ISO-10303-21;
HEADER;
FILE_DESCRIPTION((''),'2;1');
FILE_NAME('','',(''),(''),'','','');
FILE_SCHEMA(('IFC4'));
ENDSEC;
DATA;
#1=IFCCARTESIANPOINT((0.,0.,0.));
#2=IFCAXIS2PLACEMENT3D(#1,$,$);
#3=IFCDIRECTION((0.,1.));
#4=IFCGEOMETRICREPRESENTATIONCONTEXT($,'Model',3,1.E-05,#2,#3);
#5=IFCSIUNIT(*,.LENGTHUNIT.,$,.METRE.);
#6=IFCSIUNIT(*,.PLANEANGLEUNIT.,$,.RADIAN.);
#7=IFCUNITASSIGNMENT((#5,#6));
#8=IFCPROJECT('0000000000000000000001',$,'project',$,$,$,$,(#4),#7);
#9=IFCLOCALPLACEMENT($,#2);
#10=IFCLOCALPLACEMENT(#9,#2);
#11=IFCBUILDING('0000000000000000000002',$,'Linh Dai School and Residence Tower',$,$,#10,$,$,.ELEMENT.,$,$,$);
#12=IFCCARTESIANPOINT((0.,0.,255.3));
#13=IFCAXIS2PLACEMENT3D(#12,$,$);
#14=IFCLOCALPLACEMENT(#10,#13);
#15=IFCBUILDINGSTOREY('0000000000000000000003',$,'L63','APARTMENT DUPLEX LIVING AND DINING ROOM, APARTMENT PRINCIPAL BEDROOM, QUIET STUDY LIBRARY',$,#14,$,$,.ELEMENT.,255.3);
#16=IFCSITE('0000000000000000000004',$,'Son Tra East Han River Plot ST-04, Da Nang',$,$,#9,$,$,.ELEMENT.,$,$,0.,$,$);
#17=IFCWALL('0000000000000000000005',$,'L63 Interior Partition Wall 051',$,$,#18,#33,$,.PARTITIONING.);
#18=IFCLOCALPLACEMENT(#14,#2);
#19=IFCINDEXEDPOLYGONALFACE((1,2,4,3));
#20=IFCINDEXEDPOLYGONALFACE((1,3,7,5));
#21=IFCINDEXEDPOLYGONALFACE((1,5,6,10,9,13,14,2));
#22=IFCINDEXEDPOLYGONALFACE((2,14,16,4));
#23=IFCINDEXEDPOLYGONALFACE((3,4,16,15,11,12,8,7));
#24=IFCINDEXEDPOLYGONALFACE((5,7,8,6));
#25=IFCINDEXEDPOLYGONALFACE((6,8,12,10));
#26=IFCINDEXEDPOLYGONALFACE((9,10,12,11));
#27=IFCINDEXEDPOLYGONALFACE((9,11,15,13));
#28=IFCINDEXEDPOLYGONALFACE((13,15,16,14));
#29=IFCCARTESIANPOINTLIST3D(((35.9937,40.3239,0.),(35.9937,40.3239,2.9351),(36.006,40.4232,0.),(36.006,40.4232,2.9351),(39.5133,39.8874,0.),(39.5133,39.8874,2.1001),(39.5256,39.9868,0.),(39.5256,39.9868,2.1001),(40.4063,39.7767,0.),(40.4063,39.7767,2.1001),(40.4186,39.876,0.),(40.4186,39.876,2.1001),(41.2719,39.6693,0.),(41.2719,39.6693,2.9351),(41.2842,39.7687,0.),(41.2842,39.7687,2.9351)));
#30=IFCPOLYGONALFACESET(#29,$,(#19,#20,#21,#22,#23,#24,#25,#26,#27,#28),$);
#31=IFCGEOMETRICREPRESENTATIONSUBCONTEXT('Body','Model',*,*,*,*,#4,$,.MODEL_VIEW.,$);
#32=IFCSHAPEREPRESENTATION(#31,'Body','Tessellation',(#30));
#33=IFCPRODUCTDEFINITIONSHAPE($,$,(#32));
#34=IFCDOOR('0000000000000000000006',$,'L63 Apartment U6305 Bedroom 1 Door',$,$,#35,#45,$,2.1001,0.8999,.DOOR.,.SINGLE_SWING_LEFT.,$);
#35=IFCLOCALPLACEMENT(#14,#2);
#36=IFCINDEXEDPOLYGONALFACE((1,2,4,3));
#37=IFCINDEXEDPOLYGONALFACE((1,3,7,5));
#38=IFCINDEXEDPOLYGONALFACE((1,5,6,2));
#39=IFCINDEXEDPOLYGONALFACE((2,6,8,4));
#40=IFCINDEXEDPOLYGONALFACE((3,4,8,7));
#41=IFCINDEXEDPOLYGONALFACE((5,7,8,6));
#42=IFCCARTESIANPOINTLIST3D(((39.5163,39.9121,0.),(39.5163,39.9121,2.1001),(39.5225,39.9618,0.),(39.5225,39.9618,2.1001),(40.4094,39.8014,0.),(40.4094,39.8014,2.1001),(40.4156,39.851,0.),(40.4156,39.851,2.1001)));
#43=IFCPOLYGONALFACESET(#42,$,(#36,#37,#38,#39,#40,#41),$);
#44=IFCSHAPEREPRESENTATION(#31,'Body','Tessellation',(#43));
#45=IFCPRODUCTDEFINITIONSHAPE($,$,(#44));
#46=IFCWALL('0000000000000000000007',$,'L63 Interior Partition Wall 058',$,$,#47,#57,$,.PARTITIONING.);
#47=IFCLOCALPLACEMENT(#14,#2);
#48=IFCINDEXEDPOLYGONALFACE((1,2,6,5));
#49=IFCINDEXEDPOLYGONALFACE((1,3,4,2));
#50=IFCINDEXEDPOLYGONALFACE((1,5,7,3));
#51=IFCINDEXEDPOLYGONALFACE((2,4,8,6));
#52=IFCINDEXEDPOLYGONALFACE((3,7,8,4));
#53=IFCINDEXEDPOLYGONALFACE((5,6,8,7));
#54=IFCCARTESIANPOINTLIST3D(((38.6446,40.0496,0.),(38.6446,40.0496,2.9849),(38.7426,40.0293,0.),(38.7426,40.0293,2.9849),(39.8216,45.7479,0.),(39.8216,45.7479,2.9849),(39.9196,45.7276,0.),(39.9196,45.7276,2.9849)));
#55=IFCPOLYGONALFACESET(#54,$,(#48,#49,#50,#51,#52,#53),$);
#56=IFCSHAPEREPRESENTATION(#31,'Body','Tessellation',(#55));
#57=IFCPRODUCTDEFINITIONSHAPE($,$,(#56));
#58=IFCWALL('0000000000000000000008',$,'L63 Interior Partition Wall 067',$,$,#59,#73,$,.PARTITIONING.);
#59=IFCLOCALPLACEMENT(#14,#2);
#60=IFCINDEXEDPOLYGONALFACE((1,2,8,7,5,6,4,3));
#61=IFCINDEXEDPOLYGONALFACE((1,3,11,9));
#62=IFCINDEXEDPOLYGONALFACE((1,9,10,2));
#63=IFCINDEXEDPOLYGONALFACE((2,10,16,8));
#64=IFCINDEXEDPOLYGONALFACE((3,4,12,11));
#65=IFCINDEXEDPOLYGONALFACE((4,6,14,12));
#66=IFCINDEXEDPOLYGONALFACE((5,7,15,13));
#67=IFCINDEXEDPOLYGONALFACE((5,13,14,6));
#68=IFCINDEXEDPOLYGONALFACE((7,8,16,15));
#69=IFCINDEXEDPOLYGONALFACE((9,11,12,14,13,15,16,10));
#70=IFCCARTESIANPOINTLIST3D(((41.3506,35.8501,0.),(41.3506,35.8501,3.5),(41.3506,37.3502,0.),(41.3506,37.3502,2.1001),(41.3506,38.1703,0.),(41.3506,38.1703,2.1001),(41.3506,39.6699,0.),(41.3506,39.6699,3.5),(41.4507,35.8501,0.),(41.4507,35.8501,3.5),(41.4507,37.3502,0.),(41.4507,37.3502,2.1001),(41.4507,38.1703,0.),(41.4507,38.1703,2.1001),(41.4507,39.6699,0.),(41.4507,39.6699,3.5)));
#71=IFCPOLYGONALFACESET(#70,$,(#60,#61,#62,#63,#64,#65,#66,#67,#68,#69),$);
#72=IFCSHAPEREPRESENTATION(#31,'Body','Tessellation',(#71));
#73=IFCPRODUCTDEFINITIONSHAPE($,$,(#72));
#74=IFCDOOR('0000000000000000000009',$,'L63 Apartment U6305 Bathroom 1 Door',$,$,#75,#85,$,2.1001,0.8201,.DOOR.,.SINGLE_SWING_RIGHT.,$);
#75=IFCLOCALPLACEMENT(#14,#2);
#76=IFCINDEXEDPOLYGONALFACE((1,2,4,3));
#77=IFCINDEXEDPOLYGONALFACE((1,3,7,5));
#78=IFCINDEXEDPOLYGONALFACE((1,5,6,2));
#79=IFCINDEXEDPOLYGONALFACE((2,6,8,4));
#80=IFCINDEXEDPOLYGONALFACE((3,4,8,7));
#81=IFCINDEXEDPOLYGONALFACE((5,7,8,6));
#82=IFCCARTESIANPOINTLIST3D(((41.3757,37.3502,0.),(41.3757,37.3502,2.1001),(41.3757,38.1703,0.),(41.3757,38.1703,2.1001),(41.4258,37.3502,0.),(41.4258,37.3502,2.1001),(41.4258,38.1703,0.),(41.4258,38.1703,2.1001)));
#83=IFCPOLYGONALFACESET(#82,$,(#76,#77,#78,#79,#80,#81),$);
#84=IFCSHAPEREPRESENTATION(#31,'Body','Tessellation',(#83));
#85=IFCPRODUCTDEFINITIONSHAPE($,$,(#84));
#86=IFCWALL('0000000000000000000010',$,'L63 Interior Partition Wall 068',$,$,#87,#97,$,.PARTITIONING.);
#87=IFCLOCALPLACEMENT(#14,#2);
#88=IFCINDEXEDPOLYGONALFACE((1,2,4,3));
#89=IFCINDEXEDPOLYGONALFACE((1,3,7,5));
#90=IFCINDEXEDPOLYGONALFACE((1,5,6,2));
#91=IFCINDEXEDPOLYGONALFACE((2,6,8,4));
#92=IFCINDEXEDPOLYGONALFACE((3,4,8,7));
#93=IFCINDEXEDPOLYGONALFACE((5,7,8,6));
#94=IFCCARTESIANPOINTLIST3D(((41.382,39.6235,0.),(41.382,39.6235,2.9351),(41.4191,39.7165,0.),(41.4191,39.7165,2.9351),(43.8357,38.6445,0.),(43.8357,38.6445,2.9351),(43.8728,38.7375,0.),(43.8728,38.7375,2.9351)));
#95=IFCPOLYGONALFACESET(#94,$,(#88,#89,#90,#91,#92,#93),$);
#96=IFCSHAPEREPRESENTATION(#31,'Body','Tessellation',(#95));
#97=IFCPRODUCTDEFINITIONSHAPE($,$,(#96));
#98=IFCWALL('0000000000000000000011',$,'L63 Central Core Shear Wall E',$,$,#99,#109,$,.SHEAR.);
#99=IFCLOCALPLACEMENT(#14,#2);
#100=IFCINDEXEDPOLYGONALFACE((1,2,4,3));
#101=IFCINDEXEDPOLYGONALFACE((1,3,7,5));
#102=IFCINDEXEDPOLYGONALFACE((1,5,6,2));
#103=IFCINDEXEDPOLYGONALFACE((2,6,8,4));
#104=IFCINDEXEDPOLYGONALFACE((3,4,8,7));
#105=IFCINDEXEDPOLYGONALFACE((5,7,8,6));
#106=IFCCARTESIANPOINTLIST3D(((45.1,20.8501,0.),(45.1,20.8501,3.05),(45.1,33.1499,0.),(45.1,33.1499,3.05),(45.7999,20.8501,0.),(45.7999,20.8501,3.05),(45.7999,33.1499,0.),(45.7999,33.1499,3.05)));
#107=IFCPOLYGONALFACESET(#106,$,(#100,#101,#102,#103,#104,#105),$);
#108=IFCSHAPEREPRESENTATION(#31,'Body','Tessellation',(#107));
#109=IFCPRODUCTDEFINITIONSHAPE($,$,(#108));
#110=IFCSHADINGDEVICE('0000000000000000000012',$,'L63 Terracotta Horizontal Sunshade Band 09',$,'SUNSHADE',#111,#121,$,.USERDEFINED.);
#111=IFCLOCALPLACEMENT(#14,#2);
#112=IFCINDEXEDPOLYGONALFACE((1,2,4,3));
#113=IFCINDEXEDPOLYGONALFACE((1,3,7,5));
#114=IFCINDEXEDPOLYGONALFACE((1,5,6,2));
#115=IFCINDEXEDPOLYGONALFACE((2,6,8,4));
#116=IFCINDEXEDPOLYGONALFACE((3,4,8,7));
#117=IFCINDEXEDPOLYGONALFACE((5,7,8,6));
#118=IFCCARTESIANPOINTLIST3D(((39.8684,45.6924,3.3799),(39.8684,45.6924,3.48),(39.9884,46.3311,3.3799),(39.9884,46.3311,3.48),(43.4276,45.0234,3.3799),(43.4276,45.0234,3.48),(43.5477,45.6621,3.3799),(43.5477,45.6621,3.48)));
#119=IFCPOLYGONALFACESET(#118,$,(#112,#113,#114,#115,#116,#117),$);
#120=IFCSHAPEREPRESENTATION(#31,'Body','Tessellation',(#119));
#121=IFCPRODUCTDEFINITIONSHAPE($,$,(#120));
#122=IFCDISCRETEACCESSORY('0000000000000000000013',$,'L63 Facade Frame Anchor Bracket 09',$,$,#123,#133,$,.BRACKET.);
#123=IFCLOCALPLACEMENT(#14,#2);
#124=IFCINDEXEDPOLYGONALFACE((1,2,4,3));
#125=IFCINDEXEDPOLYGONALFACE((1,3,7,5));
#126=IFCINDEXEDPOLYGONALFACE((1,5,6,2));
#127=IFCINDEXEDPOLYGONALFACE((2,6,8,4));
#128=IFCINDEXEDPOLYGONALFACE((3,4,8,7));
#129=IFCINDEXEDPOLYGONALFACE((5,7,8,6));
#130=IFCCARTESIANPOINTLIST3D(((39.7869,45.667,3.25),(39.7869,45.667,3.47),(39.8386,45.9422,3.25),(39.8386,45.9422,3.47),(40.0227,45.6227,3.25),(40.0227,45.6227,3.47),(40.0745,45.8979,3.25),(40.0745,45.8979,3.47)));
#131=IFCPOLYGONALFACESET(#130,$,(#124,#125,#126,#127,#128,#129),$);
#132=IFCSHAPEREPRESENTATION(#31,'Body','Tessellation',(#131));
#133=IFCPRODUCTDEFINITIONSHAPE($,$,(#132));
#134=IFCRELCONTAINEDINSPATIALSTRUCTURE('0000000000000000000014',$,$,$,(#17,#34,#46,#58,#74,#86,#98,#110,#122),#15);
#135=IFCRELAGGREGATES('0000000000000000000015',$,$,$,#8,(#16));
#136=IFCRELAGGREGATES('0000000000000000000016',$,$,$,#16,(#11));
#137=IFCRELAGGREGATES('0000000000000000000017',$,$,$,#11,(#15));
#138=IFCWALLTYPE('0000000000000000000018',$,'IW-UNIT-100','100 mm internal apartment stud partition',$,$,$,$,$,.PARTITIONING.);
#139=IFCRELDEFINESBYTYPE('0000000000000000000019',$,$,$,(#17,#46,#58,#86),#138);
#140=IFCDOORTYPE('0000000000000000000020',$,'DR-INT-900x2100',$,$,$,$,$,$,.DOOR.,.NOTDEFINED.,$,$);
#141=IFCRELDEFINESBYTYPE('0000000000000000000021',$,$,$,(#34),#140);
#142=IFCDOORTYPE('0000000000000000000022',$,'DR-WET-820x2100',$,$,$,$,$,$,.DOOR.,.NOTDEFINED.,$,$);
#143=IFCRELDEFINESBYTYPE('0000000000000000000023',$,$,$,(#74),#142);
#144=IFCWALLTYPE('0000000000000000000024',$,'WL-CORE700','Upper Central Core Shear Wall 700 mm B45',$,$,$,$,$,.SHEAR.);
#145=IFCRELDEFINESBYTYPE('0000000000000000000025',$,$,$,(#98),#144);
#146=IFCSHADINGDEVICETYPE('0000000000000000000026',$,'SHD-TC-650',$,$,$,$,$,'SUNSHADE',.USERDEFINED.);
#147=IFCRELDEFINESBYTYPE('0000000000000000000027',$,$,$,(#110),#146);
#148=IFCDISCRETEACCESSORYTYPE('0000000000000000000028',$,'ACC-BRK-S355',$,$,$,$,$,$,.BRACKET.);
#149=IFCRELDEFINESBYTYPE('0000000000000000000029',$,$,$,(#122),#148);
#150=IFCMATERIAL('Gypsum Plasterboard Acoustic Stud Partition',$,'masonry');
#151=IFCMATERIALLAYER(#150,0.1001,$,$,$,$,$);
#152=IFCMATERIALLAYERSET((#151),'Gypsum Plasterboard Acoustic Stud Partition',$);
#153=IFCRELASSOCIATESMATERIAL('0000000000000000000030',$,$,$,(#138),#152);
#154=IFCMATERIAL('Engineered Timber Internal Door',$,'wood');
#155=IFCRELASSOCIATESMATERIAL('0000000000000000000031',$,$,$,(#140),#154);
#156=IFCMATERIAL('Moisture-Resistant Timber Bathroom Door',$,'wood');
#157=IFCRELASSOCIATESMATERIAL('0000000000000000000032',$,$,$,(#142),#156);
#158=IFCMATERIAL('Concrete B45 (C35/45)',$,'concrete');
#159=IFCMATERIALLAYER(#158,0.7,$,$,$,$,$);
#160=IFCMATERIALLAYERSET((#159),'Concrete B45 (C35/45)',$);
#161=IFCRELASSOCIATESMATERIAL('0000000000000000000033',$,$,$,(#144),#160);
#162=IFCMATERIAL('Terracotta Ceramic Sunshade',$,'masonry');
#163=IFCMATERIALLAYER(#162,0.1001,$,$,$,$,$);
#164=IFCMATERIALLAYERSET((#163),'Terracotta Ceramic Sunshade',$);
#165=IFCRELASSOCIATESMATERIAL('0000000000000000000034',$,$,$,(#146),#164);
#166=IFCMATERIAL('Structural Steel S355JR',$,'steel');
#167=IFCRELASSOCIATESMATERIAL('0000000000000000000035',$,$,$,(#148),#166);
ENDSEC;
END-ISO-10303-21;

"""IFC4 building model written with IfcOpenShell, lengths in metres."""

from ifc_helpers import new_model, si_unit, direction, frame, frame_2d, origin, origin_2d, place, context, subcontext, project, spatial, rectangle, extrude, source, transform, mapped, material, layer, layer_set, type_object, element, fill, save


model = new_model("IFC4")

# Units and contexts
model_context = context("Model", 3, precision=1e-05, world=origin(), true_north=direction((0.0, 1.0)))
body_context = subcontext(model_context, "Body", "Model", "MODEL_VIEW")
ifc_project = project(units=[si_unit("LENGTHUNIT", "METRE"), si_unit("PLANEANGLEUNIT", "RADIAN")], contexts=[model_context])

# Site, building, storey
site_placement = place(None, origin())
site = spatial("IfcSite", under=ifc_project, at=site_placement, Name="Son Tra East Han River Plot ST-04, Da Nang", CompositionType="ELEMENT", RefElevation=0.0)
building_placement = place(site_placement, origin())
building = spatial("IfcBuilding", under=site, at=building_placement, Name="Linh Dai School and Residence Tower", CompositionType="ELEMENT")
storey_placement = place(building_placement, frame((0.0, 0.0, 255.3)))
storey = spatial("IfcBuildingStorey", under=building, at=storey_placement, Name="L63", Description="APARTMENT DUPLEX LIVING AND DINING ROOM, APARTMENT PRINCIPAL BEDROOM, QUIET STUDY LIBRARY", CompositionType="ELEMENT", Elevation=255.3)

# Shared definitions
ifc_material_1 = material(Name="Structural Steel S355JR", Category="steel")

# Wall, opening, door
ifc_material_2 = material(Name="Gypsum Plasterboard Acoustic Stud Partition", Category="masonry")
ifc_layer_1 = layer(ifc_material_2, 0.1001)
ifc_layer_set_1 = layer_set([ifc_layer_1], Name="Gypsum Plasterboard Acoustic Stud Partition")
wall_type_1 = type_object("IfcWallType", Name="IW-UNIT-100", Description="100 mm internal apartment stud partition", PredefinedType="PARTITIONING", material=ifc_layer_set_1)
wall_1_placement = place(storey_placement, frame((36.0, 40.3735, 0.0), z_axis=(0.0, 0.0, 1.0), x_axis=(0.992398, -0.123069, 0.0)))
wall_1 = element("IfcWall", 1, at=wall_1_placement, inside=storey, type_object=wall_type_1, Name="L63 Interior Partition Wall 051", PredefinedType="PARTITIONING", context=body_context, shape_type="SweptSolid", body=[
    extrude(rectangle(XDim=5.3186, YDim=0.1001, at=frame_2d((2.6592, 0.0))), origin(), (0.0, 0.0, 1.0), 2.9351),
])
opening_1_placement = place(wall_1_placement, frame((3.5464, 0.0, 0.0)))
opening_1 = element("IfcOpeningElement", 2, at=opening_1_placement, cuts=wall_1, PredefinedType="OPENING", context=body_context, shape_type="SweptSolid", body=[
    extrude(rectangle(XDim=0.8999, YDim=2.1001, at=origin_2d()), frame((0.45, 0.0601, 1.05), z_axis=(0.0, -1.0, 0.0), x_axis=(1.0, 0.0, 0.0)), (0.0, 0.0, 1.0), 0.1201),
])
ifc_material_3 = material(Name="Engineered Timber Internal Door", Category="wood")
door_type_1 = type_object("IfcDoorType", Name="DR-INT-900x2100", OperationType="NOTDEFINED", PredefinedType="DOOR", material=ifc_material_3)
shared_shape_1 = source(origin(), body_context, "Body", "SweptSolid", [
    extrude(rectangle(XDim=0.8999, YDim=2.1001, at=origin_2d()), frame((0.45, 0.0249, 1.05), z_axis=(0.0, -1.0, 0.0), x_axis=(1.0, 0.0, 0.0)), (0.0, 0.0, 1.0), 0.05),
])
door_1_placement = place(opening_1_placement, origin())
door_1 = element("IfcDoor", 3, at=door_1_placement, inside=storey, type_object=door_type_1, Name="L63 Apartment U6305 Bedroom 1 Door", OperationType="SINGLE_SWING_LEFT", OverallHeight=2.1001, OverallWidth=0.8999, PredefinedType="DOOR", context=body_context, shape_type="MappedRepresentation", body=[
    mapped(shared_shape_1, transform((0.0, 0.0, 0.0), x_axis=(1.0, 0.0, 0.0), y_axis=(0.0, 1.0, 0.0), z_axis=(0.0, 0.0, 1.0), scale=1.0)),
])
fill(opening_1, door_1)

# Wall
wall_2_placement = place(storey_placement, frame((38.6936, 40.0396, 0.0), z_axis=(0.0, 0.0, 1.0), x_axis=(0.202285, 0.979327, 0.0)))
element("IfcWall", 4, at=wall_2_placement, inside=storey, type_object=wall_type_1, Name="L63 Interior Partition Wall 058", PredefinedType="PARTITIONING", context=body_context, shape_type="SweptSolid", body=[
    extrude(rectangle(XDim=5.8186, YDim=0.1001, at=frame_2d((2.9092, 0.0))), origin(), (0.0, 0.0, 1.0), 2.9849),
])

# Wall, opening, door
wall_3_placement = place(storey_placement, frame((41.4006, 35.8501, 0.0), z_axis=(0.0, 0.0, 1.0), x_axis=(0.0, 1.0, 0.0)))
wall_3 = element("IfcWall", 5, at=wall_3_placement, inside=storey, type_object=wall_type_1, Name="L63 Interior Partition Wall 067", PredefinedType="PARTITIONING", context=body_context, shape_type="SweptSolid", body=[
    extrude(rectangle(XDim=3.8198, YDim=0.1001, at=frame_2d((1.9099, 0.0))), origin(), (0.0, 0.0, 1.0), 3.5),
])
opening_2_placement = place(wall_3_placement, frame((1.5, 0.0, 0.0)))
opening_2 = element("IfcOpeningElement", 6, at=opening_2_placement, cuts=wall_3, PredefinedType="OPENING", context=body_context, shape_type="SweptSolid", body=[
    extrude(rectangle(XDim=0.8201, YDim=2.1001, at=origin_2d()), frame((0.4102, 0.0601, 1.05), z_axis=(0.0, -1.0, 0.0), x_axis=(1.0, 0.0, 0.0)), (0.0, 0.0, 1.0), 0.1201),
])
ifc_material_4 = material(Name="Moisture-Resistant Timber Bathroom Door", Category="wood")
door_type_2 = type_object("IfcDoorType", Name="DR-WET-820x2100", OperationType="NOTDEFINED", PredefinedType="DOOR", material=ifc_material_4)
shared_shape_2 = source(origin(), body_context, "Body", "SweptSolid", [
    extrude(rectangle(XDim=0.8201, YDim=2.1001, at=origin_2d()), frame((0.4102, 0.0249, 1.05), z_axis=(0.0, -1.0, 0.0), x_axis=(1.0, 0.0, 0.0)), (0.0, 0.0, 1.0), 0.05),
])
door_2_placement = place(opening_2_placement, origin())
door_2 = element("IfcDoor", 7, at=door_2_placement, inside=storey, type_object=door_type_2, Name="L63 Apartment U6305 Bathroom 1 Door", OperationType="SINGLE_SWING_RIGHT", OverallHeight=2.1001, OverallWidth=0.8201, PredefinedType="DOOR", context=body_context, shape_type="MappedRepresentation", body=[
    mapped(shared_shape_2, transform((0.0, 0.0, 0.0), x_axis=(1.0, 0.0, 0.0), y_axis=(0.0, 1.0, 0.0), z_axis=(0.0, 0.0, 1.0), scale=1.0)),
])
fill(opening_2, door_2)

# Walls
wall_4_placement = place(storey_placement, frame((41.4006, 39.6699, 0.0), z_axis=(0.0, 0.0, 1.0), x_axis=(0.928808, -0.370562, 0.0)))
element("IfcWall", 8, at=wall_4_placement, inside=storey, type_object=wall_type_1, Name="L63 Interior Partition Wall 068", PredefinedType="PARTITIONING", context=body_context, shape_type="SweptSolid", body=[
    extrude(rectangle(XDim=2.6418, YDim=0.1001, at=frame_2d((1.3208, 0.0))), origin(), (0.0, 0.0, 1.0), 2.9351),
])
ifc_material_5 = material(Name="Concrete B45 (C35/45)", Category="concrete")
ifc_layer_2 = layer(ifc_material_5, 0.7)
ifc_layer_set_2 = layer_set([ifc_layer_2], Name="Concrete B45 (C35/45)")
wall_type_2 = type_object("IfcWallType", Name="WL-CORE700", Description="Upper Central Core Shear Wall 700 mm B45", PredefinedType="SHEAR", material=ifc_layer_set_2)
wall_5_placement = place(storey_placement, frame((45.45, 33.1499, 0.0), z_axis=(0.0, 0.0, 1.0), x_axis=(0.0, -1.0, 0.0)))
element("IfcWall", 9, at=wall_5_placement, inside=storey, type_object=wall_type_2, Name="L63 Central Core Shear Wall E", PredefinedType="SHEAR", context=body_context, shape_type="SweptSolid", body=[
    extrude(rectangle(XDim=12.2998, YDim=0.7, at=frame_2d((6.1499, 0.0))), origin(), (0.0, 0.0, 1.0), 3.05),
])

# Shading device
ifc_material_6 = material(Name="Terracotta Ceramic Sunshade", Category="masonry")
ifc_layer_3 = layer(ifc_material_6, 0.1001)
ifc_layer_set_3 = layer_set([ifc_layer_3], Name="Terracotta Ceramic Sunshade")
shading_device_type = type_object("IfcShadingDeviceType", Name="SHD-TC-650", ElementType="SUNSHADE", PredefinedType="USERDEFINED", material=ifc_layer_set_3)
shared_shape_3 = source(origin(), body_context, "Body", "SweptSolid", [
    extrude(rectangle(XDim=3.6216, YDim=0.6499, at=origin_2d()), origin(), (0.0, 0.0, 1.0), 0.1001),
])
shading_device_placement = place(storey_placement, frame((41.708, 45.6772, 3.3799), z_axis=(0.0, 0.0, 1.0), x_axis=(0.982787, -0.184744, 0.0)))
element("IfcShadingDevice", 10, at=shading_device_placement, inside=storey, type_object=shading_device_type, Name="L63 Terracotta Horizontal Sunshade Band 09", ObjectType="SUNSHADE", PredefinedType="USERDEFINED", context=body_context, shape_type="MappedRepresentation", body=[
    mapped(shared_shape_3, transform((0.0, 0.0, 0.0), x_axis=(1.0, 0.0, 0.0), y_axis=(0.0, 1.0, 0.0), z_axis=(0.0, 0.0, 1.0), scale=1.0)),
])

# Discrete accessory
discrete_accessory_type = type_object("IfcDiscreteAccessoryType", Name="ACC-BRK-S355", PredefinedType="BRACKET", material=ifc_material_1)
shared_shape_4 = source(origin(), body_context, "Body", "SweptSolid", [
    extrude(rectangle(XDim=0.28, YDim=0.24, at=origin_2d()), origin(), (0.0, 0.0, 1.0), 0.22),
])
discrete_accessory_placement = place(storey_placement, frame((39.9307, 45.7825, 3.25), z_axis=(0.0, 0.0, 1.0), x_axis=(0.184744, 0.982787, 0.0)))
element("IfcDiscreteAccessory", 11, at=discrete_accessory_placement, inside=storey, type_object=discrete_accessory_type, Name="L63 Facade Frame Anchor Bracket 09", PredefinedType="BRACKET", context=body_context, shape_type="MappedRepresentation", body=[
    mapped(shared_shape_4, transform((0.0, 0.0, 0.0), x_axis=(1.0, 0.0, 0.0), y_axis=(0.0, 1.0, 0.0), z_axis=(0.0, 0.0, 1.0), scale=1.0)),
])

save(model, "model.ifc")
